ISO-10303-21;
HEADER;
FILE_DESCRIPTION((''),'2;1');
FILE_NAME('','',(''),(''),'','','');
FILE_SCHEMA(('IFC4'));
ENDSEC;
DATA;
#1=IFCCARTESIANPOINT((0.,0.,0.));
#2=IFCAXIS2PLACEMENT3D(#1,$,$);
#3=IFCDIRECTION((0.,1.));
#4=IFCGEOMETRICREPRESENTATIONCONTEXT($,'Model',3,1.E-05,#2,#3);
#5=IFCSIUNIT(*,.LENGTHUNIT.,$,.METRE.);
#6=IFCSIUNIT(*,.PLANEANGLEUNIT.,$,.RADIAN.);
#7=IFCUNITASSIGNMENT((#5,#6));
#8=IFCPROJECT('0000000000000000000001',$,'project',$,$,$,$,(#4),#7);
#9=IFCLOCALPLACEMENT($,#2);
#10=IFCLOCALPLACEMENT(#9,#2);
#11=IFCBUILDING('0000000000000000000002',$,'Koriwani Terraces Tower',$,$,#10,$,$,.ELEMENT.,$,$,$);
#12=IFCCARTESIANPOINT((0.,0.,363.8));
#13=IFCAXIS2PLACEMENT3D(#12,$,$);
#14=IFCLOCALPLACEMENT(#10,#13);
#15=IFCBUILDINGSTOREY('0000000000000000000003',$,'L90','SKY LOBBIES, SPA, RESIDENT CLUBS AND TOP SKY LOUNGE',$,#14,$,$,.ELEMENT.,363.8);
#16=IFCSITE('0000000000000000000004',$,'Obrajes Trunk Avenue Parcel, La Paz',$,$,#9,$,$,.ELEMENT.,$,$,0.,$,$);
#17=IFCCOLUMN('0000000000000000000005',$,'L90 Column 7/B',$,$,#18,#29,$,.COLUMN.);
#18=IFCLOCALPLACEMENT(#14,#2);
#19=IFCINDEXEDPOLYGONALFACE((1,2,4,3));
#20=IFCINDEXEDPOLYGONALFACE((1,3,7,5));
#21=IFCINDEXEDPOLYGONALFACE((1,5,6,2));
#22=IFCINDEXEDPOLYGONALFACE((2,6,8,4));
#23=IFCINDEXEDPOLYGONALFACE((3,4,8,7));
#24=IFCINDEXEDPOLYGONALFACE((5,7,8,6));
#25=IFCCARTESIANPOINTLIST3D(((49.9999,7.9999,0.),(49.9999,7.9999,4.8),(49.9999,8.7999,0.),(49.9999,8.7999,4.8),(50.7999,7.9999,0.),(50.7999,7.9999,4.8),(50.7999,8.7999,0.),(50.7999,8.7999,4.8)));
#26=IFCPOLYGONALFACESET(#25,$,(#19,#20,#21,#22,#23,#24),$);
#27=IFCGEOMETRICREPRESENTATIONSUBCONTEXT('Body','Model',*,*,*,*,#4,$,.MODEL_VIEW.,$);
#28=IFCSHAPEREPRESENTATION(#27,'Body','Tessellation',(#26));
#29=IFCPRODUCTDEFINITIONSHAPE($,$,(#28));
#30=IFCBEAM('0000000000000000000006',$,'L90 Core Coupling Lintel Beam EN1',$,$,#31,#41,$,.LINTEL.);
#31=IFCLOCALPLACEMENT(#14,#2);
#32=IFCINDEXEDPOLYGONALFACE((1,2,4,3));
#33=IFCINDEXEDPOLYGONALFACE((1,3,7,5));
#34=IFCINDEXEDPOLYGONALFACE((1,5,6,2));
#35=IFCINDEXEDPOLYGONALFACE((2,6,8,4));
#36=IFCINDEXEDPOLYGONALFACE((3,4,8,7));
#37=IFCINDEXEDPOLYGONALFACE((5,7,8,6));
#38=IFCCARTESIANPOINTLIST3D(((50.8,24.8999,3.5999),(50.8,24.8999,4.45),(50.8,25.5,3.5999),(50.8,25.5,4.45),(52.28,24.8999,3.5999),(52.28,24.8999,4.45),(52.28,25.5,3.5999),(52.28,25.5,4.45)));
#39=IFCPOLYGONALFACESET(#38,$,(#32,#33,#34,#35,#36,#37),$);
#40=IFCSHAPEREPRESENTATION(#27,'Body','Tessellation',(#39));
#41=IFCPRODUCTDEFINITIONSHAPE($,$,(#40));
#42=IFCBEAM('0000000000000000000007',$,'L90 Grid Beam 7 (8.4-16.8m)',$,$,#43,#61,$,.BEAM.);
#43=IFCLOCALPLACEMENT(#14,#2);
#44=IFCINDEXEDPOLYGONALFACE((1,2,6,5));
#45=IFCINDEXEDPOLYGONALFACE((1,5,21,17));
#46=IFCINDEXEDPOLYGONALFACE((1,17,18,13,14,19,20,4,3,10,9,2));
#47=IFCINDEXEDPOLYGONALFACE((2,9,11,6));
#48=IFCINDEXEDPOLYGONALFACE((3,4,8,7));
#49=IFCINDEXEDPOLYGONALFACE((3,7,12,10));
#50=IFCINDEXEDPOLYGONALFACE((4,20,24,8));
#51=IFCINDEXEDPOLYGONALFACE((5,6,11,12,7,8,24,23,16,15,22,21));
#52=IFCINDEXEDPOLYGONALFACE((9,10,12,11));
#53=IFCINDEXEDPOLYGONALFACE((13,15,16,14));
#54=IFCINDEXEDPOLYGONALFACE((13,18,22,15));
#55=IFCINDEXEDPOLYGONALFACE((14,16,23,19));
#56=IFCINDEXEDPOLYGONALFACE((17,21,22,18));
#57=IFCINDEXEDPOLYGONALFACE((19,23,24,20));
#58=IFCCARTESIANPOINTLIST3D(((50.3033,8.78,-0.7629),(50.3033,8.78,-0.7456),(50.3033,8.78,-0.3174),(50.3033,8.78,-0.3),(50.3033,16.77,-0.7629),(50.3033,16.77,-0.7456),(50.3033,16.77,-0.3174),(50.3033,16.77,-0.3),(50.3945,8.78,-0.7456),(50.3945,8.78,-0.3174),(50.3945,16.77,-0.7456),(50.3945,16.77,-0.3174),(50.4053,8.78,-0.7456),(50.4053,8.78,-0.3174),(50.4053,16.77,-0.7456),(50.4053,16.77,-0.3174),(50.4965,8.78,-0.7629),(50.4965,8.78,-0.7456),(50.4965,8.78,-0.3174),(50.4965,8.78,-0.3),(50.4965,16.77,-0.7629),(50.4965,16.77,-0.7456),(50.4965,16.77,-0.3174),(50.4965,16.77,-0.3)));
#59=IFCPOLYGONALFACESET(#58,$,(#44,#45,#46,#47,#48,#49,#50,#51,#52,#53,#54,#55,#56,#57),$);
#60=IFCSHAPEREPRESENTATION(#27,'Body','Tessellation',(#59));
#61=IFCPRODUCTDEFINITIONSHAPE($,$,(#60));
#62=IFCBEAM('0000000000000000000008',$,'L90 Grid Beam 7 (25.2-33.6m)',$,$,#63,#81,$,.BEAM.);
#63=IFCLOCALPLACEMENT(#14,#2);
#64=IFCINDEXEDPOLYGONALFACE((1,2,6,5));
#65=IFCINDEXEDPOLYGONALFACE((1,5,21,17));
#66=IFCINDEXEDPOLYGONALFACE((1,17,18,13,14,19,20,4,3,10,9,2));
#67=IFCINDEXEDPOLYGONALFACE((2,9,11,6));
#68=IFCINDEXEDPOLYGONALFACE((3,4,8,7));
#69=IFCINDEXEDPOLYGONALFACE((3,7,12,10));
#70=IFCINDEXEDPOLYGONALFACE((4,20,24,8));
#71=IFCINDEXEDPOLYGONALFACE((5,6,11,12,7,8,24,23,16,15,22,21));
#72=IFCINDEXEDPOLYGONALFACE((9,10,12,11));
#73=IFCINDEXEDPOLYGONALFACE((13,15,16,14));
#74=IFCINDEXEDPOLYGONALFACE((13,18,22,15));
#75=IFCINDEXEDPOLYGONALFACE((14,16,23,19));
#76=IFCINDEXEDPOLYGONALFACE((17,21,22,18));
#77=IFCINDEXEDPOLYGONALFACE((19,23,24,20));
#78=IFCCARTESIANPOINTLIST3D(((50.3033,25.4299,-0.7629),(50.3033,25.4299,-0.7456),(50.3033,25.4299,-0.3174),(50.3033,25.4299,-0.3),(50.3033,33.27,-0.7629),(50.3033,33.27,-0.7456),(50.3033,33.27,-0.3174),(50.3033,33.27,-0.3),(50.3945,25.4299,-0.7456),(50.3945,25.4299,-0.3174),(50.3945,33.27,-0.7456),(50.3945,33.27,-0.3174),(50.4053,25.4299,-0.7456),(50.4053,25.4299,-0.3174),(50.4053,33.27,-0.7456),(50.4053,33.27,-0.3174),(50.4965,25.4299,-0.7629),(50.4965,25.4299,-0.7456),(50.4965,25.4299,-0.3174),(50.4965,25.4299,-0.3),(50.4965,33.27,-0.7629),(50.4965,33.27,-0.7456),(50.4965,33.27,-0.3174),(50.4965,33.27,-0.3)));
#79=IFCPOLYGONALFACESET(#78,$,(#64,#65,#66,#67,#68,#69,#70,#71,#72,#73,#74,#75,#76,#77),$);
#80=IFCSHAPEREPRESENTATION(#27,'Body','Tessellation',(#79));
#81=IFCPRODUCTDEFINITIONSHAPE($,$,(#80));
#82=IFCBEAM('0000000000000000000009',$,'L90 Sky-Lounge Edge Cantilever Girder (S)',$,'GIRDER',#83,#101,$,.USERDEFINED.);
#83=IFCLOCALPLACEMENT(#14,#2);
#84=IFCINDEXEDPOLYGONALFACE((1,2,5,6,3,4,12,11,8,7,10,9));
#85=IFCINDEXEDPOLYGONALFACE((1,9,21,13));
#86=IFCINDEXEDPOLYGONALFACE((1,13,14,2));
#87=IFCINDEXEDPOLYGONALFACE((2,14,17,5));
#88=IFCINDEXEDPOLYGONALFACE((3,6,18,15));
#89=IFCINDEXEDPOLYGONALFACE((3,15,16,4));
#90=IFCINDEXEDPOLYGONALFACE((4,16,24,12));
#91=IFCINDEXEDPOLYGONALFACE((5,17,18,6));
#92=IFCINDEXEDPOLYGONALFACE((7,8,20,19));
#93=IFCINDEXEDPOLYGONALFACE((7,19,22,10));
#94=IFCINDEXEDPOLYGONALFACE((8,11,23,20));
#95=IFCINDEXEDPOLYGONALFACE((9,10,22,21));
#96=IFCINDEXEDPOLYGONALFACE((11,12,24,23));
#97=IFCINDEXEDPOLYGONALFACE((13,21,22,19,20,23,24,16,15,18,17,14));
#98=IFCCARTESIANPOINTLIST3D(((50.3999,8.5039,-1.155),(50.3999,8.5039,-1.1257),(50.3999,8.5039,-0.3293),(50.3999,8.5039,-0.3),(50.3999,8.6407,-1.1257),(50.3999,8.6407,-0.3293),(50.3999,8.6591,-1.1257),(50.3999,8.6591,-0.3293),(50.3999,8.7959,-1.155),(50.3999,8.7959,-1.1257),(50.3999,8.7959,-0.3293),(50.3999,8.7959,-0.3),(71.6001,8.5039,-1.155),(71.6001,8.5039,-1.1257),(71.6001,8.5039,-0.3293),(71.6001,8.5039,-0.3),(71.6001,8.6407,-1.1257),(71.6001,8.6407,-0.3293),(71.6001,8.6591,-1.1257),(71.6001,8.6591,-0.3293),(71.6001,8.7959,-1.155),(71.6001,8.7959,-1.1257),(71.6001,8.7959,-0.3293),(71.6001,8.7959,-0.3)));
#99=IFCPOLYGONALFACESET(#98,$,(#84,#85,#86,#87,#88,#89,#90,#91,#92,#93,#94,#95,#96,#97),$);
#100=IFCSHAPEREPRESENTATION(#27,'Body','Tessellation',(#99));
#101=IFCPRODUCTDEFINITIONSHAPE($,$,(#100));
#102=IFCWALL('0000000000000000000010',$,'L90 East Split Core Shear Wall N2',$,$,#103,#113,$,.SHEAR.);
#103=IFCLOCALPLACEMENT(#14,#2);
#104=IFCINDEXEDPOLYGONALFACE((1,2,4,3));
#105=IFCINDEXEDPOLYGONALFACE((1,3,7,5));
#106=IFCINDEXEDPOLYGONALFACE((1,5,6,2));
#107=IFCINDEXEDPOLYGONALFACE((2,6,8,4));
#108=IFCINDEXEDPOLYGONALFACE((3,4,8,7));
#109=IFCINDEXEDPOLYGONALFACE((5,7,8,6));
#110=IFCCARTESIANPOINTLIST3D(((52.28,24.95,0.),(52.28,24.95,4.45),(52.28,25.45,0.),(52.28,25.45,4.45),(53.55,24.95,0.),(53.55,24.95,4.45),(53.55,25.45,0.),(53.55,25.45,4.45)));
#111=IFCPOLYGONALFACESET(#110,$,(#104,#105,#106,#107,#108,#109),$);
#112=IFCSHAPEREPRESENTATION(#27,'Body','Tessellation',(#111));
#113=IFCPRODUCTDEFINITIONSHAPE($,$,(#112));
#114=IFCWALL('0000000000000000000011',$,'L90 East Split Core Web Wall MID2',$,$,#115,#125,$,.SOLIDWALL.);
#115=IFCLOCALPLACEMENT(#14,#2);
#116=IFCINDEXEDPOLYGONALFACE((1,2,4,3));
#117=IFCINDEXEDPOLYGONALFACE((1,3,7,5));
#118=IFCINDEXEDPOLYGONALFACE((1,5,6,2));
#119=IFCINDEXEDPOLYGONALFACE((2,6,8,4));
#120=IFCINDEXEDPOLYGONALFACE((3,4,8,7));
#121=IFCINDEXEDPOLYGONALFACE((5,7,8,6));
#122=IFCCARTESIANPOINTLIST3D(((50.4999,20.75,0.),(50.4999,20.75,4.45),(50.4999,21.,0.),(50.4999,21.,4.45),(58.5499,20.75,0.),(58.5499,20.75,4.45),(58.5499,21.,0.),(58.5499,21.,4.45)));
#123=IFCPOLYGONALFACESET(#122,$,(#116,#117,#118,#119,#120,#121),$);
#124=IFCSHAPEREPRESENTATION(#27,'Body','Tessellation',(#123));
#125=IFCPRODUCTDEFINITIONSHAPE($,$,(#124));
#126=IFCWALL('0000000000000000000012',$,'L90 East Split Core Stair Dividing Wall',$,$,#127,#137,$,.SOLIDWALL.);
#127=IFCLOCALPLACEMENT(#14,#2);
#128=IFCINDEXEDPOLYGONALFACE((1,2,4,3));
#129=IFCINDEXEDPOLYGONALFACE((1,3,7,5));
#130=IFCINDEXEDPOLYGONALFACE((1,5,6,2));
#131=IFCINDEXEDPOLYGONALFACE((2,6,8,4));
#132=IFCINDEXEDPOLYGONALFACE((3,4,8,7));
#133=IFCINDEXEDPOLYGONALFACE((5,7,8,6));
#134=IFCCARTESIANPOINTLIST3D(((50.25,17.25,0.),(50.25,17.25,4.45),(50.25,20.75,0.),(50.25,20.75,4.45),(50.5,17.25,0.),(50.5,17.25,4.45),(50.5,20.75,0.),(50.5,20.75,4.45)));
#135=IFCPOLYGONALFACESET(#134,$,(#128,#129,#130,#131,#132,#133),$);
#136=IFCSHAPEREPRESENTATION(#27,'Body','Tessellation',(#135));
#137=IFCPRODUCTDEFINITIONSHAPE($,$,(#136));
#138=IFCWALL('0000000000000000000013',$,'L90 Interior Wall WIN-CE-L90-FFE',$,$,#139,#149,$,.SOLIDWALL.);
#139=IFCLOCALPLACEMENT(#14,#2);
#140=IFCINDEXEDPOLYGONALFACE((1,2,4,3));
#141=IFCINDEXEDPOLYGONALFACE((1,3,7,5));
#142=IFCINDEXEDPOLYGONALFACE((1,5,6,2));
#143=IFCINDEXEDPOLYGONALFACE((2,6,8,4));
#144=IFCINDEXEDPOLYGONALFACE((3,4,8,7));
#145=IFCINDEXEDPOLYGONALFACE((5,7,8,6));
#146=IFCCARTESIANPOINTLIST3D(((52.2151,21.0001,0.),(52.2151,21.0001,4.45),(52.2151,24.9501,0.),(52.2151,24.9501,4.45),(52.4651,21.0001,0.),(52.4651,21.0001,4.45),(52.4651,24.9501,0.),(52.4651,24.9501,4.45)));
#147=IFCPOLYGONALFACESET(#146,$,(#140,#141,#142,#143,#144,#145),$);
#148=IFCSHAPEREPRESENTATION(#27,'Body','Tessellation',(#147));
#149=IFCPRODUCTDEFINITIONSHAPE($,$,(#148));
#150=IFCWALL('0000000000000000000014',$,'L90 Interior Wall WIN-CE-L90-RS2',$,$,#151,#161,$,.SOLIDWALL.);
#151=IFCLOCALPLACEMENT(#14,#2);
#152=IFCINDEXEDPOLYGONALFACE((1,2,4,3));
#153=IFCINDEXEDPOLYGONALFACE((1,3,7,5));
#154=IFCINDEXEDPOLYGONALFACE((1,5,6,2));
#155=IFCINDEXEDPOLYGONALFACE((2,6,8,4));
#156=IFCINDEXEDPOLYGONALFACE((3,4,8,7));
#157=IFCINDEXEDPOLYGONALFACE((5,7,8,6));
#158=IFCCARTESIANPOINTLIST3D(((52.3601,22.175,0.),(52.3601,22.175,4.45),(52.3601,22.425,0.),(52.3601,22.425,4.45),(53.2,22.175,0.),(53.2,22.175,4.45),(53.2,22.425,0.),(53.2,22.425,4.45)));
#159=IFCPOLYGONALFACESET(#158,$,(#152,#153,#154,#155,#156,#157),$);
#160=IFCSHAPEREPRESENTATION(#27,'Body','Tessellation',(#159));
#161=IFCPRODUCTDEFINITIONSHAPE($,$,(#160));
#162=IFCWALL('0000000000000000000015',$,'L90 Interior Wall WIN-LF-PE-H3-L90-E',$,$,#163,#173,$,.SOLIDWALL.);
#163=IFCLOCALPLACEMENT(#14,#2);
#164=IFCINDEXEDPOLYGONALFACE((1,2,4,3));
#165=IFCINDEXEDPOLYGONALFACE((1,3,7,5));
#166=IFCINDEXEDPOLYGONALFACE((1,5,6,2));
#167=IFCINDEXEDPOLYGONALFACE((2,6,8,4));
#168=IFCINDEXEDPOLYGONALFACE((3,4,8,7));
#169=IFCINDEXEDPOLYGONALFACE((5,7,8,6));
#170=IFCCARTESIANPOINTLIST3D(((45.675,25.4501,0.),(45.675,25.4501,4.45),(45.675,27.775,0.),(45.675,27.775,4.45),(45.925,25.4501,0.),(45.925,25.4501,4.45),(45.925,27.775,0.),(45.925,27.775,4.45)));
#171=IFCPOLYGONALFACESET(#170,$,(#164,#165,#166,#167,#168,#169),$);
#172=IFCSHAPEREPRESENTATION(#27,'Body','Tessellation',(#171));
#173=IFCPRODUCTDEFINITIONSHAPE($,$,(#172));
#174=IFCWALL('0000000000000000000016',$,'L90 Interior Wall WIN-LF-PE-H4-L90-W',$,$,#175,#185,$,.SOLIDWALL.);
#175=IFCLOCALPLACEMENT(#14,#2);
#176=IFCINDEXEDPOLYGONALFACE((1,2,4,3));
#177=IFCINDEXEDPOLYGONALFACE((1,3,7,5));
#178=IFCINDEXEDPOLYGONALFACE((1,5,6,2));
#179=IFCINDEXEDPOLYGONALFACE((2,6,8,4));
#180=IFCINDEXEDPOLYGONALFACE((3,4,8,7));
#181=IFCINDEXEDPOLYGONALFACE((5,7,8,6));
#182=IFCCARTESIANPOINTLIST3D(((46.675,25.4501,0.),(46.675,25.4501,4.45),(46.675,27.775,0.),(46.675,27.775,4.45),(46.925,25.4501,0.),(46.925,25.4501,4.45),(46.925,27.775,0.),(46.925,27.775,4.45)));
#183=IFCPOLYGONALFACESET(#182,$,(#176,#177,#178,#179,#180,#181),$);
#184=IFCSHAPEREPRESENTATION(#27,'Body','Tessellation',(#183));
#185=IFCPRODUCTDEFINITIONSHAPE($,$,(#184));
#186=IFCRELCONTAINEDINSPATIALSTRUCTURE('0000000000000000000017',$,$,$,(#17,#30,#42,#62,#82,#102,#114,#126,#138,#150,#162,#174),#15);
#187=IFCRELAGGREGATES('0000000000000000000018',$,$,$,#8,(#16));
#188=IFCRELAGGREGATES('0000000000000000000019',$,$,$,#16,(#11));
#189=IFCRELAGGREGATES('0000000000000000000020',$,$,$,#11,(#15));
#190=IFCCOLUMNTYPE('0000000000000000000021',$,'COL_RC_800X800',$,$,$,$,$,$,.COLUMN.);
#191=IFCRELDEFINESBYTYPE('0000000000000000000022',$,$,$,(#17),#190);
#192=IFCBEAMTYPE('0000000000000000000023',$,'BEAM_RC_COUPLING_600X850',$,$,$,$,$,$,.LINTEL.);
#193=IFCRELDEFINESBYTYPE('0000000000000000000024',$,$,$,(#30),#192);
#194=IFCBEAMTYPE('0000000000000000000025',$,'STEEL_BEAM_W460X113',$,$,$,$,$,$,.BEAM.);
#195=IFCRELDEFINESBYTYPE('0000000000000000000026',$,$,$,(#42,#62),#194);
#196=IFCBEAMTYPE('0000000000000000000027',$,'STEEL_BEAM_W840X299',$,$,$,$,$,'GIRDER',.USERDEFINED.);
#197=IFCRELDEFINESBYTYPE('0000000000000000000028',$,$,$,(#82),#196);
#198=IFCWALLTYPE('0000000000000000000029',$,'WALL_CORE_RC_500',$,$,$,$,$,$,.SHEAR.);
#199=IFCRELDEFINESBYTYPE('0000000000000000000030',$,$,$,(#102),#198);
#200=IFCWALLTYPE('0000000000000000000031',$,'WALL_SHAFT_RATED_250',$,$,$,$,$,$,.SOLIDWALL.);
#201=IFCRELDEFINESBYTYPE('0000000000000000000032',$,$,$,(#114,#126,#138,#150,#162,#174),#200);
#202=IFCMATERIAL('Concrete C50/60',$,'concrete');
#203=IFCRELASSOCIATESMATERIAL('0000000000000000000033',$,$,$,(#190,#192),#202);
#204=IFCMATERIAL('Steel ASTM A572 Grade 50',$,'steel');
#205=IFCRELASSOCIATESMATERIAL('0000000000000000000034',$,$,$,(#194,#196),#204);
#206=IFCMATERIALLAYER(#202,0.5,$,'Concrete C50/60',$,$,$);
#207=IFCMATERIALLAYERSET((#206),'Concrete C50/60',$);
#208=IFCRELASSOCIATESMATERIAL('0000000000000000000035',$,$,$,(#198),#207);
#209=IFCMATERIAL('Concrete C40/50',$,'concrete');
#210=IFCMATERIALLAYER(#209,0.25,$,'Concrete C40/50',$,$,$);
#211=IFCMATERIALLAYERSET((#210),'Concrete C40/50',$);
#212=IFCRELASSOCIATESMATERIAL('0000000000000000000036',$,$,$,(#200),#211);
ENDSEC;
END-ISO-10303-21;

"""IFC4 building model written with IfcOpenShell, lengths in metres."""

from ifc_helpers import new_model, si_unit, direction, frame, frame_2d, origin, origin_2d, place, context, subcontext, project, spatial, rectangle, i_section, extrude, material, layer, layer_set, material_profile, profile_set, type_object, element, save


model = new_model("IFC4")

# Units and contexts
model_context = context("Model", 3, precision=1e-05, world=origin(), true_north=direction((0.0, 1.0)))
body_context = subcontext(model_context, "Body", "Model", "MODEL_VIEW")
ifc_project = project(units=[si_unit("LENGTHUNIT", "METRE"), si_unit("PLANEANGLEUNIT", "RADIAN")], contexts=[model_context])

# Site, building, storey
site_placement = place(None, origin())
site = spatial("IfcSite", under=ifc_project, at=site_placement, Name="Obrajes Trunk Avenue Parcel, La Paz", CompositionType="ELEMENT", RefElevation=0.0)
building_placement = place(site_placement, origin())
building = spatial("IfcBuilding", under=site, at=building_placement, Name="Koriwani Terraces Tower", CompositionType="ELEMENT")
storey_placement = place(building_placement, frame((0.0, 0.0, 363.8)))
storey = spatial("IfcBuildingStorey", under=building, at=storey_placement, Name="L90", Description="SKY LOBBIES, SPA, RESIDENT CLUBS AND TOP SKY LOUNGE", CompositionType="ELEMENT", Elevation=363.8)

# Column
ifc_material_1 = material(Name="Concrete C50/60", Category="concrete")
ifc_material_profile_1 = material_profile(ifc_material_1, rectangle(XDim=0.8, YDim=0.8, at=origin_2d()), Name="Concrete C50/60", Category="LoadBearing")
ifc_profile_set_1 = profile_set([ifc_material_profile_1], Name="Concrete C50/60")
column_type = type_object("IfcColumnType", Name="COL_RC_800X800", PredefinedType="COLUMN", material=ifc_profile_set_1)
column_placement = place(storey_placement, frame((50.3999, 8.3999, 0.0), z_axis=(0.0, 0.0, 1.0), x_axis=(1.0, 0.0, 0.0)))
element("IfcColumn", 1, at=column_placement, inside=storey, type_object=column_type, Name="L90 Column 7/B", PredefinedType="COLUMN", context=body_context, shape_type="SweptSolid", body=[
    extrude(rectangle(XDim=0.8, YDim=0.8, at=origin_2d()), origin(), (0.0, 0.0, 1.0), 4.8),
])

# Beams
ifc_material_profile_2 = material_profile(ifc_material_1, rectangle(XDim=0.6001, YDim=0.8501, at=origin_2d()), Name="Concrete C50/60", Category="LoadBearing")
ifc_profile_set_2 = profile_set([ifc_material_profile_2], Name="Concrete C50/60")
beam_type_1 = type_object("IfcBeamType", Name="BEAM_RC_COUPLING_600X850", PredefinedType="LINTEL", material=ifc_profile_set_2)
beam_1_placement = place(storey_placement, frame((50.8, 25.2, 4.0249), z_axis=(1.0, 0.0, 0.0), x_axis=(0.0, 1.0, 0.0)))
element("IfcBeam", 2, at=beam_1_placement, inside=storey, type_object=beam_type_1, Name="L90 Core Coupling Lintel Beam EN1", PredefinedType="LINTEL", context=body_context, shape_type="SweptSolid", body=[
    extrude(rectangle(XDim=0.6001, YDim=0.8501, at=origin_2d()), origin(), (0.0, 0.0, 1.0), 1.48),
])
ifc_material_2 = material(Name="Steel ASTM A572 Grade 50", Category="steel")
ifc_material_profile_3 = material_profile(ifc_material_2, i_section(OverallWidth=0.1931, OverallDepth=0.4629, WebThickness=0.0107, FlangeThickness=0.0173, at=origin_2d()), Name="Steel ASTM A572 Grade 50", Category="LoadBearing")
ifc_profile_set_3 = profile_set([ifc_material_profile_3], Name="Steel ASTM A572 Grade 50")
beam_type_2 = type_object("IfcBeamType", Name="STEEL_BEAM_W460X113", PredefinedType="BEAM", material=ifc_profile_set_3)
beam_2_placement = place(storey_placement, frame((50.3999, 8.78, -0.5315), z_axis=(0.0, 1.0, 0.0), x_axis=(-1.0, 0.0, 0.0)))
element("IfcBeam", 3, at=beam_2_placement, inside=storey, type_object=beam_type_2, Name="L90 Grid Beam 7 (8.4-16.8m)", PredefinedType="BEAM", context=body_context, shape_type="SweptSolid", body=[
    extrude(i_section(OverallWidth=0.1931, OverallDepth=0.4629, WebThickness=0.0107, FlangeThickness=0.0173, at=origin_2d()), origin(), (0.0, 0.0, 1.0), 7.99),
])
beam_3_placement = place(storey_placement, frame((50.3999, 25.4299, -0.5315), z_axis=(0.0, 1.0, 0.0), x_axis=(-1.0, 0.0, 0.0)))
element("IfcBeam", 4, at=beam_3_placement, inside=storey, type_object=beam_type_2, Name="L90 Grid Beam 7 (25.2-33.6m)", PredefinedType="BEAM", context=body_context, shape_type="SweptSolid", body=[
    extrude(i_section(OverallWidth=0.1931, OverallDepth=0.4629, WebThickness=0.0107, FlangeThickness=0.0173, at=origin_2d()), origin(), (0.0, 0.0, 1.0), 7.8401),
])
ifc_material_profile_4 = material_profile(ifc_material_2, i_section(OverallWidth=0.292, OverallDepth=0.855, WebThickness=0.0183, FlangeThickness=0.0293, at=origin_2d()), Name="Steel ASTM A572 Grade 50", Category="LoadBearing")
ifc_profile_set_4 = profile_set([ifc_material_profile_4], Name="Steel ASTM A572 Grade 50")
beam_type_3 = type_object("IfcBeamType", Name="STEEL_BEAM_W840X299", ElementType="GIRDER", PredefinedType="USERDEFINED", material=ifc_profile_set_4)
beam_4_placement = place(storey_placement, frame((50.3999, 8.6499, -0.7275), z_axis=(1.0, 0.0, 0.0), x_axis=(0.0, 1.0, 0.0)))
element("IfcBeam", 5, at=beam_4_placement, inside=storey, type_object=beam_type_3, Name="L90 Sky-Lounge Edge Cantilever Girder (S)", ObjectType="GIRDER", PredefinedType="USERDEFINED", context=body_context, shape_type="SweptSolid", body=[
    extrude(i_section(OverallWidth=0.292, OverallDepth=0.855, WebThickness=0.0183, FlangeThickness=0.0293, at=origin_2d()), origin(), (0.0, 0.0, 1.0), 21.2002),
])

# Walls
ifc_layer_1 = layer(ifc_material_1, 0.5, Name="Concrete C50/60")
ifc_layer_set_1 = layer_set([ifc_layer_1], Name="Concrete C50/60")
wall_type_1 = type_object("IfcWallType", Name="WALL_CORE_RC_500", PredefinedType="SHEAR", material=ifc_layer_set_1)
wall_1_placement = place(storey_placement, frame((52.28, 25.2, 0.0), z_axis=(0.0, 0.0, 1.0), x_axis=(1.0, 0.0, 0.0)))
element("IfcWall", 6, at=wall_1_placement, inside=storey, type_object=wall_type_1, Name="L90 East Split Core Shear Wall N2", PredefinedType="SHEAR", context=body_context, shape_type="SweptSolid", body=[
    extrude(rectangle(XDim=1.27, YDim=0.5, at=frame_2d((0.635, 0.0))), origin(), (0.0, 0.0, 1.0), 4.45),
])
ifc_material_3 = material(Name="Concrete C40/50", Category="concrete")
ifc_layer_2 = layer(ifc_material_3, 0.25, Name="Concrete C40/50")
ifc_layer_set_2 = layer_set([ifc_layer_2], Name="Concrete C40/50")
wall_type_2 = type_object("IfcWallType", Name="WALL_SHAFT_RATED_250", PredefinedType="SOLIDWALL", material=ifc_layer_set_2)
wall_2_placement = place(storey_placement, frame((50.5, 20.875, 0.0), z_axis=(0.0, 0.0, 1.0), x_axis=(1.0, 0.0, 0.0)))
element("IfcWall", 7, at=wall_2_placement, inside=storey, type_object=wall_type_2, Name="L90 East Split Core Web Wall MID2", PredefinedType="SOLIDWALL", context=body_context, shape_type="SweptSolid", body=[
    extrude(rectangle(XDim=8.05, YDim=0.25, at=frame_2d((4.0249, 0.0))), origin(), (0.0, 0.0, 1.0), 4.45),
])
wall_3_placement = place(storey_placement, frame((50.375, 17.25, 0.0), z_axis=(0.0, 0.0, 1.0), x_axis=(0.0, 1.0, 0.0)))
element("IfcWall", 8, at=wall_3_placement, inside=storey, type_object=wall_type_2, Name="L90 East Split Core Stair Dividing Wall", PredefinedType="SOLIDWALL", context=body_context, shape_type="SweptSolid", body=[
    extrude(rectangle(XDim=3.5, YDim=0.25, at=frame_2d((1.75, 0.0))), origin(), (0.0, 0.0, 1.0), 4.45),
])

# Walls
wall_4_placement = place(storey_placement, frame((52.3401, 21.0, 0.0), z_axis=(0.0, 0.0, 1.0), x_axis=(0.0, 1.0, 0.0)))
element("IfcWall", 9, at=wall_4_placement, inside=storey, type_object=wall_type_2, Name="L90 Interior Wall WIN-CE-L90-FFE", PredefinedType="SOLIDWALL", context=body_context, shape_type="SweptSolid", body=[
    extrude(rectangle(XDim=3.95, YDim=0.25, at=frame_2d((1.9751, 0.0))), origin(), (0.0, 0.0, 1.0), 4.45),
])
wall_5_placement = place(storey_placement, frame((52.3601, 22.3, 0.0), z_axis=(0.0, 0.0, 1.0), x_axis=(1.0, 0.0, 0.0)))
element("IfcWall", 10, at=wall_5_placement, inside=storey, type_object=wall_type_2, Name="L90 Interior Wall WIN-CE-L90-RS2", PredefinedType="SOLIDWALL", context=body_context, shape_type="SweptSolid", body=[
    extrude(rectangle(XDim=0.8398, YDim=0.25, at=frame_2d((0.4199, 0.0))), origin(), (0.0, 0.0, 1.0), 4.45),
])
for number, where, z_axis, x_axis, name in (
    (11, (45.8, 25.45, 0.0), (0.0, 0.0, 1.0), (0.0, 1.0, 0.0), "L90 Interior Wall WIN-LF-PE-H3-L90-E"),
    (12, (46.8, 25.45, 0.0), (0.0, 0.0, 1.0), (0.0, 1.0, 0.0), "L90 Interior Wall WIN-LF-PE-H4-L90-W"),
):
    element("IfcWall", number, at=place(storey_placement, frame(where, z_axis=z_axis, x_axis=x_axis)), inside=storey, type_object=wall_type_2, Name=name, PredefinedType="SOLIDWALL", context=body_context, shape_type="SweptSolid", body=[
        extrude(rectangle(XDim=2.325, YDim=0.25, at=frame_2d((1.1626, 0.0))), origin(), (0.0, 0.0, 1.0), 4.45),
    ])

save(model, "model.ifc")
